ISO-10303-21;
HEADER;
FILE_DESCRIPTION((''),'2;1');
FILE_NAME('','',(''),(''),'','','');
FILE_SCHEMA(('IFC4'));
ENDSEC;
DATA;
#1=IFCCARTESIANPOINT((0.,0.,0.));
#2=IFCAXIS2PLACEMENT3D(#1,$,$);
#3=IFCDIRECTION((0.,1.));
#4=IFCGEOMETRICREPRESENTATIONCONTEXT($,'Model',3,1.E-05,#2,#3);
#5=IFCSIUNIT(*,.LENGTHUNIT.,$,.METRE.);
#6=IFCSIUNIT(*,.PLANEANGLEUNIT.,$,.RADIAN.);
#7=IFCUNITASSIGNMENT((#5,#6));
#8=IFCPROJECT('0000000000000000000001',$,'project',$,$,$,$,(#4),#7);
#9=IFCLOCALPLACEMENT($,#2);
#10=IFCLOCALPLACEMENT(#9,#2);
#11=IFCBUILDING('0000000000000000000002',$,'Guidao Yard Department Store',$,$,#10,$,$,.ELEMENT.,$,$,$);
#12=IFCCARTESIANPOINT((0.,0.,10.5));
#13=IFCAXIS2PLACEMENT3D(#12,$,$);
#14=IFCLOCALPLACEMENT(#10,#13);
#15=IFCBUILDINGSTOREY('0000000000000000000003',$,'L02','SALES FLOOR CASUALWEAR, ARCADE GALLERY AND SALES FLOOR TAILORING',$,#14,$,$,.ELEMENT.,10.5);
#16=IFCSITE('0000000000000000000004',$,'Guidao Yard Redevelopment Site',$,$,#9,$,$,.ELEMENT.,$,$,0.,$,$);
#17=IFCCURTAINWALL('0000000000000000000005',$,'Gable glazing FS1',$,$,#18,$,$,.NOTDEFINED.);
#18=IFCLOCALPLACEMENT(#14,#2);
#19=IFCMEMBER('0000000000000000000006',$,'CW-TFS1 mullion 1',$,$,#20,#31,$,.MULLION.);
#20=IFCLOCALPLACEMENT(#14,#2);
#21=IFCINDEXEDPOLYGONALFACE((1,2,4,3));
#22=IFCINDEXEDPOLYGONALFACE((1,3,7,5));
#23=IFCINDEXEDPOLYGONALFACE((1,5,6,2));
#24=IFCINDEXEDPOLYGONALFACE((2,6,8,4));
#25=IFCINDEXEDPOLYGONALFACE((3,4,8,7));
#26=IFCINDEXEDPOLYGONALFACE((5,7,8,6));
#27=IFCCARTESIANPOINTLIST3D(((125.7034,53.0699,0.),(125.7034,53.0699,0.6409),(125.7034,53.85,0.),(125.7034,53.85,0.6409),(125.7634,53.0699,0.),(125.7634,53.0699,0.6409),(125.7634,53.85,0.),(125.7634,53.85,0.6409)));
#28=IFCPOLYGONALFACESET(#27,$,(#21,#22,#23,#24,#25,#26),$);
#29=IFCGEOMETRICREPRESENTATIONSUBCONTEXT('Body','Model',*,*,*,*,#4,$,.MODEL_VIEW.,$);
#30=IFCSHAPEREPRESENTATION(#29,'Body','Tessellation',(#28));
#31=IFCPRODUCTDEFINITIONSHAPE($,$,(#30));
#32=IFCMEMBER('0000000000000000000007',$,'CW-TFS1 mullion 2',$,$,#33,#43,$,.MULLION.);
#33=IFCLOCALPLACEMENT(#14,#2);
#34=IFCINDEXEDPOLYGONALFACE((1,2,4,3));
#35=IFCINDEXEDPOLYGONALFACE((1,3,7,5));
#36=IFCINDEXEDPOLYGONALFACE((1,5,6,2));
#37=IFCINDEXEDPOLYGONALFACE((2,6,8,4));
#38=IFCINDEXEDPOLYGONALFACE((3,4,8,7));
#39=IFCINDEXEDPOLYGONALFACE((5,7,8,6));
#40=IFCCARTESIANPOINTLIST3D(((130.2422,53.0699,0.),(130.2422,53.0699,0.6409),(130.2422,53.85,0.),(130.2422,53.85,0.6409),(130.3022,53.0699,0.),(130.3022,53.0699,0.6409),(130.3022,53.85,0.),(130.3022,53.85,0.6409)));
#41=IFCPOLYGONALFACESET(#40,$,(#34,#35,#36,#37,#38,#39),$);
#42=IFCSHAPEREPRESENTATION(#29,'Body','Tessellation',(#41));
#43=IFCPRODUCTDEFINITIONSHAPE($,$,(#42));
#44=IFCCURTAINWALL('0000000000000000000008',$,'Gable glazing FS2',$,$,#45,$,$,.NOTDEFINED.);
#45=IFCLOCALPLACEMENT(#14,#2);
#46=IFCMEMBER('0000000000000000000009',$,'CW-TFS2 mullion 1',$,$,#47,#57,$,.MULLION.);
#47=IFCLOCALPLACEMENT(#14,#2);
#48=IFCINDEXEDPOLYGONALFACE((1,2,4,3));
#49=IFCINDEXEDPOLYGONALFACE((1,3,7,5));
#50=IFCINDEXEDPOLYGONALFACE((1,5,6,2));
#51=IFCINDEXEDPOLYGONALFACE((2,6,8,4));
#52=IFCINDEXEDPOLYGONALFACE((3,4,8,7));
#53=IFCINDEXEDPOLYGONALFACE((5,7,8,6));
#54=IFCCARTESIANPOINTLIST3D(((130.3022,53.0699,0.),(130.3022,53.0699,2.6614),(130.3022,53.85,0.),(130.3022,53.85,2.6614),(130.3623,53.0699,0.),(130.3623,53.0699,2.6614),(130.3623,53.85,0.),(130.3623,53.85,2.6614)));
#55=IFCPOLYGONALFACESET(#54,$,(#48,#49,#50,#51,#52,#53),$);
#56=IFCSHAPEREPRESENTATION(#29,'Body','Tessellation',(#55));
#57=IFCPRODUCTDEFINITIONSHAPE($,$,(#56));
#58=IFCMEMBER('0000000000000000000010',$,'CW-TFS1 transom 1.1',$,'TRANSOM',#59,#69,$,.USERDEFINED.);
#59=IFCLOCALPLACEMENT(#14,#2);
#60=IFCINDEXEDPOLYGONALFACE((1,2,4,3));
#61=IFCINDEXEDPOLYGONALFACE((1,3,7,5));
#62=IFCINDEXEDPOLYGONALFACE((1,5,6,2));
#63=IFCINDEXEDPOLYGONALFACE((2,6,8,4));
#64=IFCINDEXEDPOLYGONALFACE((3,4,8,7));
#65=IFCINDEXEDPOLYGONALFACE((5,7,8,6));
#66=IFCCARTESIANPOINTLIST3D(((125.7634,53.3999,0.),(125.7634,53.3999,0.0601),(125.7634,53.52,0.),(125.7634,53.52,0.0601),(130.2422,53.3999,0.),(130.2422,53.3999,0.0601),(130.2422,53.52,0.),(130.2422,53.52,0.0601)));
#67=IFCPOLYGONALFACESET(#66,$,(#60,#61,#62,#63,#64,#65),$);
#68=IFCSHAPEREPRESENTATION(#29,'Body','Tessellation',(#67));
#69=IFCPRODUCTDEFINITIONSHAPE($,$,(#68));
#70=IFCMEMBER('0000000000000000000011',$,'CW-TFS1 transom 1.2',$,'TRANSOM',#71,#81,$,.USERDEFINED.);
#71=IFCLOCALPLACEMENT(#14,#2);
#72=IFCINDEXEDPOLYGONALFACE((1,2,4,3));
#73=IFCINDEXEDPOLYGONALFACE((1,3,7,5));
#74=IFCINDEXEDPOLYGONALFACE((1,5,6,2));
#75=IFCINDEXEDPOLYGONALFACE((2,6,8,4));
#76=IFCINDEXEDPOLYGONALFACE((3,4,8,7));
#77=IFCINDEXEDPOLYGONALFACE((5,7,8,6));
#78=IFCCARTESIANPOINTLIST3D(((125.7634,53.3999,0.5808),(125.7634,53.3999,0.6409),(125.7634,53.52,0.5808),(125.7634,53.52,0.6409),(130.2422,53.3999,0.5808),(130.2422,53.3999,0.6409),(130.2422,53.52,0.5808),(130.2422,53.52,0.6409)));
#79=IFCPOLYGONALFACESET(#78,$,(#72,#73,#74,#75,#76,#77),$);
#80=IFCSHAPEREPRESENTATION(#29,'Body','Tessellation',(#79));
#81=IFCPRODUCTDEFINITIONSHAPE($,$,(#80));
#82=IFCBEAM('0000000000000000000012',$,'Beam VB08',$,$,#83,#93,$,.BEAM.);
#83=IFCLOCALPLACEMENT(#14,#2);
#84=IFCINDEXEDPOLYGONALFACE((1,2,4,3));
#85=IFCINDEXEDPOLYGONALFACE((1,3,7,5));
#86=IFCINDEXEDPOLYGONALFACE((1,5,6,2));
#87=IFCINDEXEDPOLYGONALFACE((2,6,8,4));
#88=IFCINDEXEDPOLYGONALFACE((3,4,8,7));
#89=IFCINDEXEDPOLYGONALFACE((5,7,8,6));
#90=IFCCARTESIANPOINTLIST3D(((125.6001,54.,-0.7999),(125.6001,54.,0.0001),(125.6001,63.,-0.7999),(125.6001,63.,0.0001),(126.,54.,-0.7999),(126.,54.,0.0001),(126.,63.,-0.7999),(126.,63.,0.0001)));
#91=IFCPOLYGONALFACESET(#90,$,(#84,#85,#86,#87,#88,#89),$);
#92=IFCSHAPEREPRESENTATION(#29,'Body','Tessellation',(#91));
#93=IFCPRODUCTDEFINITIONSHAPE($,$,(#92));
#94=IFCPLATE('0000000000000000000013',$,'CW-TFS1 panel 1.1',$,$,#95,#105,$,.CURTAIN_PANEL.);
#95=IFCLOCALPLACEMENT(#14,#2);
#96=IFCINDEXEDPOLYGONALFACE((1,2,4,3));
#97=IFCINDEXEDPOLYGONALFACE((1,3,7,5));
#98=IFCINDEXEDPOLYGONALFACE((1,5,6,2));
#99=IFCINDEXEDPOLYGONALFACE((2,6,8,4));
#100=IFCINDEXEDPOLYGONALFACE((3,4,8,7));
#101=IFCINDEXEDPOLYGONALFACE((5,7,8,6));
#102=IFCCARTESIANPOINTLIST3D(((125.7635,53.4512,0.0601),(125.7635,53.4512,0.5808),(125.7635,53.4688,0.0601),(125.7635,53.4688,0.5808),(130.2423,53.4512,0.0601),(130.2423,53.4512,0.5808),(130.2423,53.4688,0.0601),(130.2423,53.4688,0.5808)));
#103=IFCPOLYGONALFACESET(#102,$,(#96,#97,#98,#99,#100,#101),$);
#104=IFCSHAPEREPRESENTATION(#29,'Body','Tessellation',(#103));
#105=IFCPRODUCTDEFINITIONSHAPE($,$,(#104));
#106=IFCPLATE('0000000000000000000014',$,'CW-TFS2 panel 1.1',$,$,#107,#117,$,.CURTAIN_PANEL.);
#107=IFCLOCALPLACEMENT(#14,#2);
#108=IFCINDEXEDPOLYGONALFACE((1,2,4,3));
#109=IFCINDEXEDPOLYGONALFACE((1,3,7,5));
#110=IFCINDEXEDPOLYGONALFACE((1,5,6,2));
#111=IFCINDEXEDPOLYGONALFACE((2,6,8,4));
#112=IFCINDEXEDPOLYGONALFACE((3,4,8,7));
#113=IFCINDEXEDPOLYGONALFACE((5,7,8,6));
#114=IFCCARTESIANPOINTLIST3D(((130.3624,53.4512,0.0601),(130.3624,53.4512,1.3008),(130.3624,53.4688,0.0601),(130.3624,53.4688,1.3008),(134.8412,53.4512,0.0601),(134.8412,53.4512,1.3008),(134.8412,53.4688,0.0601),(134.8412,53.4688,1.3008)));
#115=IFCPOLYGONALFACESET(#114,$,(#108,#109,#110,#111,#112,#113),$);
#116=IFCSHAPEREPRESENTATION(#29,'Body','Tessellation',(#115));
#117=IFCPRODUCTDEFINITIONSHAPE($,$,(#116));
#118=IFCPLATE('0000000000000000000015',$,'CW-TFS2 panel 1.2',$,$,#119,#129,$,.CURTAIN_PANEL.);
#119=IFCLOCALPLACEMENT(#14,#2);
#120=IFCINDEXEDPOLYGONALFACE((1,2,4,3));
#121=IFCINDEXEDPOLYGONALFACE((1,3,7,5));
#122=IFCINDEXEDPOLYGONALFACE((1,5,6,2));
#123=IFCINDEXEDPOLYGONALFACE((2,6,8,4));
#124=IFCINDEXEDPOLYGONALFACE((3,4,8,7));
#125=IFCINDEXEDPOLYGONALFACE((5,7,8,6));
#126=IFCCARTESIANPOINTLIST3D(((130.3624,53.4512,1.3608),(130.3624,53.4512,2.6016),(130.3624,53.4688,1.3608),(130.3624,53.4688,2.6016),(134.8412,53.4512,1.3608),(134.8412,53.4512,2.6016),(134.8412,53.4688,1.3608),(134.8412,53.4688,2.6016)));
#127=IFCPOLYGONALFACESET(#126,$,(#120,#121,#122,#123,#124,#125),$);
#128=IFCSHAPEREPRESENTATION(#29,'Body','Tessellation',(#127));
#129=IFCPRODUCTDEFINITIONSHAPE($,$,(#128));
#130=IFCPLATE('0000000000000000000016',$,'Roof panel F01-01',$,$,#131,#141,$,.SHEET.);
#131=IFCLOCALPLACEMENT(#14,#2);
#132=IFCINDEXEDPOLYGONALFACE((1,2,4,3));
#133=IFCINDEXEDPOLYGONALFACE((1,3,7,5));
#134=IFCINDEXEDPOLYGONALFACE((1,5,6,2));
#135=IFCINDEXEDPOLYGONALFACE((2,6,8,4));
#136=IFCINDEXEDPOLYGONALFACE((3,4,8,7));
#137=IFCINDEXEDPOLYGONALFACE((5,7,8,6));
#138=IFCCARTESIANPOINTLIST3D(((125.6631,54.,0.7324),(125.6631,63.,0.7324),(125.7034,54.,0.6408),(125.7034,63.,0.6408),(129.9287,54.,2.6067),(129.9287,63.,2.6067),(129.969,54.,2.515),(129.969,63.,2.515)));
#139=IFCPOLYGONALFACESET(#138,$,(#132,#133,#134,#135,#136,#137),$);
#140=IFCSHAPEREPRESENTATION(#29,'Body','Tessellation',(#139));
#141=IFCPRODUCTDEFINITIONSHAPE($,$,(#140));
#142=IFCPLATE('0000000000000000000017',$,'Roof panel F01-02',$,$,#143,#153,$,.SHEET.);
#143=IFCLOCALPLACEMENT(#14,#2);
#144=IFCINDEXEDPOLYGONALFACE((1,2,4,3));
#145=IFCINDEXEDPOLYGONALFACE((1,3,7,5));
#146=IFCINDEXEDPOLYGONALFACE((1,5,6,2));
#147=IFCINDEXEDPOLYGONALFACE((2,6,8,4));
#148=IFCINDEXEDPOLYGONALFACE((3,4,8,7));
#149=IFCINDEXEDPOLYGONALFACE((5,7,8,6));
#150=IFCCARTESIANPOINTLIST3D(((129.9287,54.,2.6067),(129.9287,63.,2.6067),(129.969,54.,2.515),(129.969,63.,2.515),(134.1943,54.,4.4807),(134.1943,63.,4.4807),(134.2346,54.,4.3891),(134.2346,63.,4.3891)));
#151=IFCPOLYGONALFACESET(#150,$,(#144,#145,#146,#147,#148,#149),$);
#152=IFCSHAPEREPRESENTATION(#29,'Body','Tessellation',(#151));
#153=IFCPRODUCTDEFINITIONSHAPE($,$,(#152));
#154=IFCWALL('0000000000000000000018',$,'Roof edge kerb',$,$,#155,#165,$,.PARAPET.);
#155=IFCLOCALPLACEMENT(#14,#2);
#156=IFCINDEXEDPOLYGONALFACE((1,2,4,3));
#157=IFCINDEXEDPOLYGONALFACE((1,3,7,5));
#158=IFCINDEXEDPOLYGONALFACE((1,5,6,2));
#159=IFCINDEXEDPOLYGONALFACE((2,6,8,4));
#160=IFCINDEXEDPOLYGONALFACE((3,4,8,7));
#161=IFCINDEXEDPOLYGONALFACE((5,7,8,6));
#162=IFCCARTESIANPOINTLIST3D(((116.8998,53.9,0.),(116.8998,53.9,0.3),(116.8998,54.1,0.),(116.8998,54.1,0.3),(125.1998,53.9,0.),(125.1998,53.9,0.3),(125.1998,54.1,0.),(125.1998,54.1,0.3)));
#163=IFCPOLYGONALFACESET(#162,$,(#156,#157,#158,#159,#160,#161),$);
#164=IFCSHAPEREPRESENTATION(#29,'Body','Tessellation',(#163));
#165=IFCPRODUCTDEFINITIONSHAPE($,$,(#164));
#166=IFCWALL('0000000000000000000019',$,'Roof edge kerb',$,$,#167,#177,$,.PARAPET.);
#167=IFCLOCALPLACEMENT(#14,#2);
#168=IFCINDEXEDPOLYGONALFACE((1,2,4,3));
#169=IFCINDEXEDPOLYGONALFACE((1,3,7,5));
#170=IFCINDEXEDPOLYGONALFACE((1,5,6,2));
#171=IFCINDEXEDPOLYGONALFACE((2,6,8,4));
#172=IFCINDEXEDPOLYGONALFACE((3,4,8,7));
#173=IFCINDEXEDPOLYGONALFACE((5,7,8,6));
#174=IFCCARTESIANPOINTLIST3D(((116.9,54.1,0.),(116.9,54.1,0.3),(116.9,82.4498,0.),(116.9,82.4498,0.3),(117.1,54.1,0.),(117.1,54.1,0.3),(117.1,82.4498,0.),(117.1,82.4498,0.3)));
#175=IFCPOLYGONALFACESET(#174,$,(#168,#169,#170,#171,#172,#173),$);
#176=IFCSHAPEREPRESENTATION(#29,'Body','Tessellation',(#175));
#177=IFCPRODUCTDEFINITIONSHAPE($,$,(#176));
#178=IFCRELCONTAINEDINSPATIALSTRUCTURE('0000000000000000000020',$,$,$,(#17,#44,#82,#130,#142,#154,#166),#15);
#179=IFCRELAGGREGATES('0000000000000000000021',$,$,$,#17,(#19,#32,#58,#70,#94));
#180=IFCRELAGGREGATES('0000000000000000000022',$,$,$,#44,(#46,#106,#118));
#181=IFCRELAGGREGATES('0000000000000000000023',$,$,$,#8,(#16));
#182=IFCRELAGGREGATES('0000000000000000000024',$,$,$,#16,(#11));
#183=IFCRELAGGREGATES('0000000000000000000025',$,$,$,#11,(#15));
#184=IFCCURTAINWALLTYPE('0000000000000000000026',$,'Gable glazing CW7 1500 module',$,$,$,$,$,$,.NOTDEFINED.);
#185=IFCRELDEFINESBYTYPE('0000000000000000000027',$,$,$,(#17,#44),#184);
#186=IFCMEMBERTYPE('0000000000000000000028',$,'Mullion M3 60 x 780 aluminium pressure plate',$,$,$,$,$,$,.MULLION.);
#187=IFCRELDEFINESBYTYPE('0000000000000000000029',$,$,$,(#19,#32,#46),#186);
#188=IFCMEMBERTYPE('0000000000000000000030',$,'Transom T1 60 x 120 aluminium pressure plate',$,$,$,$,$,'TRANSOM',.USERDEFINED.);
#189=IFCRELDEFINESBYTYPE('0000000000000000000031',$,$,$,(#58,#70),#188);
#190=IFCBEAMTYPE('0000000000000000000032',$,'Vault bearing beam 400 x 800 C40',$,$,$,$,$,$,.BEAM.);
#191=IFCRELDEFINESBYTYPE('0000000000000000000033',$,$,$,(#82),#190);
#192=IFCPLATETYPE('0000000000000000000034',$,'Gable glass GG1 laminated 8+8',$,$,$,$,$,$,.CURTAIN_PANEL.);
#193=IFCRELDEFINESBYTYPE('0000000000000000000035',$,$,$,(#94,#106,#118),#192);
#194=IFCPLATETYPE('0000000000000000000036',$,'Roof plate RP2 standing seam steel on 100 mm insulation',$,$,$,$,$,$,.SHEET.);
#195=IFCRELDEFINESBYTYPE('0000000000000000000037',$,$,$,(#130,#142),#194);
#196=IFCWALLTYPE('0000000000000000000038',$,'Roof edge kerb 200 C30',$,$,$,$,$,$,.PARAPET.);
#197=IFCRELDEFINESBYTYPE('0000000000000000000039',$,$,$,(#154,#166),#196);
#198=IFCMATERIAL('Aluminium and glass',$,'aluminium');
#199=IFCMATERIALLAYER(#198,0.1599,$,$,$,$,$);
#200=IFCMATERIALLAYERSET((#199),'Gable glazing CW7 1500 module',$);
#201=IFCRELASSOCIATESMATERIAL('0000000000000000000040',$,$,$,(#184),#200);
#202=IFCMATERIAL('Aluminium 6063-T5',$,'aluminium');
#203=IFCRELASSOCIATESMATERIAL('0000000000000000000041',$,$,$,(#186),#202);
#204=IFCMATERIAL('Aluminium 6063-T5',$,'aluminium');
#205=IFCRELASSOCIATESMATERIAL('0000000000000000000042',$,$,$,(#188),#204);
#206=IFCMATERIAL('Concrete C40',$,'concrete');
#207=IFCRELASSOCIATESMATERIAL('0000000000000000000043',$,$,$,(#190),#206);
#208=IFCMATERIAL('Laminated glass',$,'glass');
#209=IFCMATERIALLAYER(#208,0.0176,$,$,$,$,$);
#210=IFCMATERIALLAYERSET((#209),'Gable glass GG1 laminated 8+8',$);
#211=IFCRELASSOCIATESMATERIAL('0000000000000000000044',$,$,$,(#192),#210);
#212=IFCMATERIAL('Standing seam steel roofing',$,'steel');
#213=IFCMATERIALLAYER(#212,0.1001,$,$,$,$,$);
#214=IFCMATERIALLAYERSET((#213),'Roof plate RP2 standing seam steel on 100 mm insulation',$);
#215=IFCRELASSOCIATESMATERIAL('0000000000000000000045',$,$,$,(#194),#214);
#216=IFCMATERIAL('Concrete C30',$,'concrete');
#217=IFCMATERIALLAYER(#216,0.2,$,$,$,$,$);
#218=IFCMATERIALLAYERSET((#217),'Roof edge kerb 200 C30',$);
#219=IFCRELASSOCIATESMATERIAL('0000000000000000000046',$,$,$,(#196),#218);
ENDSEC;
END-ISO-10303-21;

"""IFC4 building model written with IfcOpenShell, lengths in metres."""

from ifc_helpers import new_model, si_unit, direction, frame, frame_2d, origin, origin_2d, place, context, subcontext, project, spatial, polyline, rectangle, outline, extrude, material, layer, layer_set, material_profile, profile_set, type_object, element, aggregate, save


model = new_model("IFC4")

# Units and contexts
model_context = context("Model", 3, precision=1e-05, world=origin(), true_north=direction((0.0, 1.0)))
body_context = subcontext(model_context, "Body", "Model", "MODEL_VIEW")
ifc_project = project(units=[si_unit("LENGTHUNIT", "METRE"), si_unit("PLANEANGLEUNIT", "RADIAN")], contexts=[model_context])

# Site, building, storey
site_placement = place(None, origin())
site = spatial("IfcSite", under=ifc_project, at=site_placement, Name="Guidao Yard Redevelopment Site", CompositionType="ELEMENT", RefElevation=0.0)
building_placement = place(site_placement, origin())
building = spatial("IfcBuilding", under=site, at=building_placement, Name="Guidao Yard Department Store", CompositionType="ELEMENT")
storey_placement = place(building_placement, frame((0.0, 0.0, 10.5)))
storey = spatial("IfcBuildingStorey", under=building, at=storey_placement, Name="L02", Description="SALES FLOOR CASUALWEAR, ARCADE GALLERY AND SALES FLOOR TAILORING", CompositionType="ELEMENT", Elevation=10.5)

# Curtain wall, members
ifc_material_1 = material(Name="Aluminium and glass", Category="aluminium")
ifc_layer_1 = layer(ifc_material_1, 0.1599)
ifc_layer_set_1 = layer_set([ifc_layer_1], Name="Gable glazing CW7 1500 module")
curtain_wall_type_1 = type_object("IfcCurtainWallType", Name="Gable glazing CW7 1500 module", PredefinedType="NOTDEFINED", material=ifc_layer_set_1)
curtain_wall_1_placement = place(storey_placement, origin())
curtain_wall_1 = element("IfcCurtainWall", 1, at=curtain_wall_1_placement, inside=storey, type_object=curtain_wall_type_1, Name="Gable glazing FS1", PredefinedType="NOTDEFINED")
ifc_material_2 = material(Name="Aluminium 6063-T5", Category="aluminium")
ifc_material_profile_1 = material_profile(ifc_material_2, rectangle(XDim=0.0601, YDim=0.78, at=origin_2d()), Name="Mullion M3 60 x 780 aluminium pressure plate")
ifc_profile_set_1 = profile_set([ifc_material_profile_1], Name="Aluminium 6063-T5")
member_type_1 = type_object("IfcMemberType", Name="Mullion M3 60 x 780 aluminium pressure plate", PredefinedType="MULLION", material=ifc_profile_set_1)
member_1_placement = place(storey_placement, frame((125.7334, 53.46, 0.0), z_axis=(0.0, 0.0, 1.0), x_axis=(-1.0, 0.0, 0.0)))
member_1 = element("IfcMember", 2, at=member_1_placement, type_object=member_type_1, Name="CW-TFS1 mullion 1", PredefinedType="MULLION", context=body_context, shape_type="SweptSolid", body=[
    extrude(rectangle(XDim=0.0601, YDim=0.78, at=origin_2d()), origin(), (0.0, 0.0, 1.0), 0.6409),
])
member_2_placement = place(storey_placement, frame((130.2722, 53.46, 0.0), z_axis=(0.0, 0.0, 1.0), x_axis=(-1.0, 0.0, 0.0)))
member_2 = element("IfcMember", 3, at=member_2_placement, type_object=member_type_1, Name="CW-TFS1 mullion 2", PredefinedType="MULLION", context=body_context, shape_type="SweptSolid", body=[
    extrude(rectangle(XDim=0.0601, YDim=0.78, at=origin_2d()), origin(), (0.0, 0.0, 1.0), 0.6409),
])

# Curtain wall, member
curtain_wall_2_placement = place(storey_placement, origin())
curtain_wall_2 = element("IfcCurtainWall", 4, at=curtain_wall_2_placement, inside=storey, type_object=curtain_wall_type_1, Name="Gable glazing FS2", PredefinedType="NOTDEFINED")
member_3_placement = place(storey_placement, frame((130.3323, 53.46, 0.0), z_axis=(0.0, 0.0, 1.0), x_axis=(-1.0, 0.0, 0.0)))
member_3 = element("IfcMember", 5, at=member_3_placement, type_object=member_type_1, Name="CW-TFS2 mullion 1", PredefinedType="MULLION", context=body_context, shape_type="SweptSolid", body=[
    extrude(rectangle(XDim=0.0601, YDim=0.78, at=origin_2d()), origin(), (0.0, 0.0, 1.0), 2.6614),
])

# Members
ifc_material_3 = material(Name="Aluminium 6063-T5", Category="aluminium")
ifc_material_profile_2 = material_profile(ifc_material_3, rectangle(XDim=0.1201, YDim=0.0601, at=origin_2d()), Name="Transom T1 60 x 120 aluminium pressure plate")
ifc_profile_set_2 = profile_set([ifc_material_profile_2], Name="Aluminium 6063-T5")
member_type_2 = type_object("IfcMemberType", Name="Transom T1 60 x 120 aluminium pressure plate", ElementType="TRANSOM", PredefinedType="USERDEFINED", material=ifc_profile_set_2)
member_4_placement = place(storey_placement, frame((130.2422, 53.46, 0.03), z_axis=(-1.0, 0.0, 0.0), x_axis=(0.0, -1.0, 0.0)))
member_4 = element("IfcMember", 6, at=member_4_placement, type_object=member_type_2, Name="CW-TFS1 transom 1.1", ObjectType="TRANSOM", PredefinedType="USERDEFINED", context=body_context, shape_type="SweptSolid", body=[
    extrude(rectangle(XDim=0.1201, YDim=0.0601, at=origin_2d()), origin(), (0.0, 0.0, 1.0), 4.4788),
])
member_5_placement = place(storey_placement, frame((130.2422, 53.46, 0.6108), z_axis=(-1.0, 0.0, 0.0), x_axis=(0.0, -1.0, 0.0)))
member_5 = element("IfcMember", 7, at=member_5_placement, type_object=member_type_2, Name="CW-TFS1 transom 1.2", ObjectType="TRANSOM", PredefinedType="USERDEFINED", context=body_context, shape_type="SweptSolid", body=[
    extrude(rectangle(XDim=0.1201, YDim=0.0601, at=origin_2d()), origin(), (0.0, 0.0, 1.0), 4.4788),
])

# Beam
ifc_material_4 = material(Name="Concrete C40", Category="concrete")
ifc_material_profile_3 = material_profile(ifc_material_4, rectangle(XDim=0.3999, YDim=0.8, at=origin_2d()), Name="Vault bearing beam 400 x 800 C40")
ifc_profile_set_3 = profile_set([ifc_material_profile_3], Name="Concrete C40")
beam_type_1 = type_object("IfcBeamType", Name="Vault bearing beam 400 x 800 C40", PredefinedType="BEAM", material=ifc_profile_set_3)
beam_1_placement = place(storey_placement, frame((125.8, 54.0, -0.3999), z_axis=(0.0, 1.0, 0.0), x_axis=(-1.0, 0.0, 0.0)))
element("IfcBeam", 8, at=beam_1_placement, inside=storey, type_object=beam_type_1, Name="Beam VB08", PredefinedType="BEAM", context=body_context, shape_type="SweptSolid", body=[
    extrude(rectangle(XDim=0.3999, YDim=0.8, at=origin_2d()), origin(), (0.0, 0.0, 1.0), 9.0),
])

# Plates
ifc_material_5 = material(Name="Laminated glass", Category="glass")
ifc_layer_2 = layer(ifc_material_5, 0.0176)
ifc_layer_set_2 = layer_set([ifc_layer_2], Name="Gable glass GG1 laminated 8+8")
plate_type_1 = type_object("IfcPlateType", Name="Gable glass GG1 laminated 8+8", PredefinedType="CURTAIN_PANEL", material=ifc_layer_set_2)
plate_1_placement = place(storey_placement, frame((128.0029, 53.46, 0.0601), z_axis=(0.0, 0.0, 1.0), x_axis=(-1.0, 0.0, 0.0)))
plate_1 = element("IfcPlate", 9, at=plate_1_placement, type_object=plate_type_1, Name="CW-TFS1 panel 1.1", PredefinedType="CURTAIN_PANEL", context=body_context, shape_type="SweptSolid", body=[
    extrude(rectangle(XDim=4.4788, YDim=0.0176, at=origin_2d()), origin(), (0.0, 0.0, 1.0), 0.5208),
])
aggregate(curtain_wall_1, [member_1, member_2, member_4, member_5, plate_1])
plate_2_placement = place(storey_placement, frame((132.6018, 53.46, 0.0601), z_axis=(0.0, 0.0, 1.0), x_axis=(-1.0, 0.0, 0.0)))
plate_2 = element("IfcPlate", 10, at=plate_2_placement, type_object=plate_type_1, Name="CW-TFS2 panel 1.1", PredefinedType="CURTAIN_PANEL", context=body_context, shape_type="SweptSolid", body=[
    extrude(rectangle(XDim=4.4788, YDim=0.0176, at=origin_2d()), origin(), (0.0, 0.0, 1.0), 1.2407),
])
plate_3_placement = place(storey_placement, frame((132.6018, 53.46, 1.3608), z_axis=(0.0, 0.0, 1.0), x_axis=(-1.0, 0.0, 0.0)))
plate_3 = element("IfcPlate", 11, at=plate_3_placement, type_object=plate_type_1, Name="CW-TFS2 panel 1.2", PredefinedType="CURTAIN_PANEL", context=body_context, shape_type="SweptSolid", body=[
    extrude(rectangle(XDim=4.4788, YDim=0.0176, at=origin_2d()), origin(), (0.0, 0.0, 1.0), 1.2407),
])
aggregate(curtain_wall_2, [member_3, plate_2, plate_3])

# Plates
ifc_material_6 = material(Name="Standing seam steel roofing", Category="steel")
ifc_layer_3 = layer(ifc_material_6, 0.1001)
ifc_layer_set_3 = layer_set([ifc_layer_3], Name="Roof plate RP2 standing seam steel on 100 mm insulation")
plate_type_2 = type_object("IfcPlateType", Name="Roof plate RP2 standing seam steel on 100 mm insulation", PredefinedType="SHEET", material=ifc_layer_set_3)
plate_4_placement = place(storey_placement, frame((125.6631, 54.0, 0.7324), z_axis=(-0.40227, 0.0, 0.915521), x_axis=(0.915521, 0.0, 0.40227)))
element("IfcPlate", 12, at=plate_4_placement, inside=storey, type_object=plate_type_2, Name="Roof panel F01-01", PredefinedType="SHEET", context=body_context, shape_type="SweptSolid", body=[
    extrude(outline(polyline([(0.0, 0.0), (4.6592, 0.0), (4.6592, 9.0), (0.0, 9.0), (0.0, 0.0)])), origin(), (0.0, 0.0, -1.0), 0.1001),
])
plate_5_placement = place(storey_placement, frame((129.9287, 54.0, 2.6067), z_axis=(-0.402226, 0.0, 0.915541), x_axis=(0.915541, 0.0, 0.402226)))
element("IfcPlate", 13, at=plate_5_placement, inside=storey, type_object=plate_type_2, Name="Roof panel F01-02", PredefinedType="SHEET", context=body_context, shape_type="SweptSolid", body=[
    extrude(outline(polyline([(0.0, 0.0), (4.6591, 0.0), (4.6591, 9.0), (0.0, 9.0), (0.0, 0.0)])), origin(), (0.0, 0.0, -1.0), 0.1001),
])

# Walls
ifc_material_7 = material(Name="Concrete C30", Category="concrete")
ifc_layer_4 = layer(ifc_material_7, 0.2)
ifc_layer_set_4 = layer_set([ifc_layer_4], Name="Roof edge kerb 200 C30")
wall_type = type_object("IfcWallType", Name="Roof edge kerb 200 C30", PredefinedType="PARAPET", material=ifc_layer_set_4)
wall_1_placement = place(storey_placement, frame((116.8999, 54.0, 0.0), z_axis=(0.0, 0.0, 1.0), x_axis=(1.0, 0.0, 0.0)))
element("IfcWall", 14, at=wall_1_placement, inside=storey, type_object=wall_type, Name="Roof edge kerb", PredefinedType="PARAPET", context=body_context, shape_type="SweptSolid", body=[
    extrude(rectangle(XDim=8.3, YDim=0.2, at=frame_2d((4.1499, 0.0))), origin(), (0.0, 0.0, 1.0), 0.3),
])
wall_2_placement = place(storey_placement, frame((117.0, 54.1001, 0.0), z_axis=(0.0, 0.0, 1.0), x_axis=(0.0, 1.0, 0.0)))
element("IfcWall", 15, at=wall_2_placement, inside=storey, type_object=wall_type, Name="Roof edge kerb", PredefinedType="PARAPET", context=body_context, shape_type="SweptSolid", body=[
    extrude(rectangle(XDim=28.3499, YDim=0.2, at=frame_2d((14.1748, 0.0))), origin(), (0.0, 0.0, 1.0), 0.3),
])

save(model, "model.ifc")
